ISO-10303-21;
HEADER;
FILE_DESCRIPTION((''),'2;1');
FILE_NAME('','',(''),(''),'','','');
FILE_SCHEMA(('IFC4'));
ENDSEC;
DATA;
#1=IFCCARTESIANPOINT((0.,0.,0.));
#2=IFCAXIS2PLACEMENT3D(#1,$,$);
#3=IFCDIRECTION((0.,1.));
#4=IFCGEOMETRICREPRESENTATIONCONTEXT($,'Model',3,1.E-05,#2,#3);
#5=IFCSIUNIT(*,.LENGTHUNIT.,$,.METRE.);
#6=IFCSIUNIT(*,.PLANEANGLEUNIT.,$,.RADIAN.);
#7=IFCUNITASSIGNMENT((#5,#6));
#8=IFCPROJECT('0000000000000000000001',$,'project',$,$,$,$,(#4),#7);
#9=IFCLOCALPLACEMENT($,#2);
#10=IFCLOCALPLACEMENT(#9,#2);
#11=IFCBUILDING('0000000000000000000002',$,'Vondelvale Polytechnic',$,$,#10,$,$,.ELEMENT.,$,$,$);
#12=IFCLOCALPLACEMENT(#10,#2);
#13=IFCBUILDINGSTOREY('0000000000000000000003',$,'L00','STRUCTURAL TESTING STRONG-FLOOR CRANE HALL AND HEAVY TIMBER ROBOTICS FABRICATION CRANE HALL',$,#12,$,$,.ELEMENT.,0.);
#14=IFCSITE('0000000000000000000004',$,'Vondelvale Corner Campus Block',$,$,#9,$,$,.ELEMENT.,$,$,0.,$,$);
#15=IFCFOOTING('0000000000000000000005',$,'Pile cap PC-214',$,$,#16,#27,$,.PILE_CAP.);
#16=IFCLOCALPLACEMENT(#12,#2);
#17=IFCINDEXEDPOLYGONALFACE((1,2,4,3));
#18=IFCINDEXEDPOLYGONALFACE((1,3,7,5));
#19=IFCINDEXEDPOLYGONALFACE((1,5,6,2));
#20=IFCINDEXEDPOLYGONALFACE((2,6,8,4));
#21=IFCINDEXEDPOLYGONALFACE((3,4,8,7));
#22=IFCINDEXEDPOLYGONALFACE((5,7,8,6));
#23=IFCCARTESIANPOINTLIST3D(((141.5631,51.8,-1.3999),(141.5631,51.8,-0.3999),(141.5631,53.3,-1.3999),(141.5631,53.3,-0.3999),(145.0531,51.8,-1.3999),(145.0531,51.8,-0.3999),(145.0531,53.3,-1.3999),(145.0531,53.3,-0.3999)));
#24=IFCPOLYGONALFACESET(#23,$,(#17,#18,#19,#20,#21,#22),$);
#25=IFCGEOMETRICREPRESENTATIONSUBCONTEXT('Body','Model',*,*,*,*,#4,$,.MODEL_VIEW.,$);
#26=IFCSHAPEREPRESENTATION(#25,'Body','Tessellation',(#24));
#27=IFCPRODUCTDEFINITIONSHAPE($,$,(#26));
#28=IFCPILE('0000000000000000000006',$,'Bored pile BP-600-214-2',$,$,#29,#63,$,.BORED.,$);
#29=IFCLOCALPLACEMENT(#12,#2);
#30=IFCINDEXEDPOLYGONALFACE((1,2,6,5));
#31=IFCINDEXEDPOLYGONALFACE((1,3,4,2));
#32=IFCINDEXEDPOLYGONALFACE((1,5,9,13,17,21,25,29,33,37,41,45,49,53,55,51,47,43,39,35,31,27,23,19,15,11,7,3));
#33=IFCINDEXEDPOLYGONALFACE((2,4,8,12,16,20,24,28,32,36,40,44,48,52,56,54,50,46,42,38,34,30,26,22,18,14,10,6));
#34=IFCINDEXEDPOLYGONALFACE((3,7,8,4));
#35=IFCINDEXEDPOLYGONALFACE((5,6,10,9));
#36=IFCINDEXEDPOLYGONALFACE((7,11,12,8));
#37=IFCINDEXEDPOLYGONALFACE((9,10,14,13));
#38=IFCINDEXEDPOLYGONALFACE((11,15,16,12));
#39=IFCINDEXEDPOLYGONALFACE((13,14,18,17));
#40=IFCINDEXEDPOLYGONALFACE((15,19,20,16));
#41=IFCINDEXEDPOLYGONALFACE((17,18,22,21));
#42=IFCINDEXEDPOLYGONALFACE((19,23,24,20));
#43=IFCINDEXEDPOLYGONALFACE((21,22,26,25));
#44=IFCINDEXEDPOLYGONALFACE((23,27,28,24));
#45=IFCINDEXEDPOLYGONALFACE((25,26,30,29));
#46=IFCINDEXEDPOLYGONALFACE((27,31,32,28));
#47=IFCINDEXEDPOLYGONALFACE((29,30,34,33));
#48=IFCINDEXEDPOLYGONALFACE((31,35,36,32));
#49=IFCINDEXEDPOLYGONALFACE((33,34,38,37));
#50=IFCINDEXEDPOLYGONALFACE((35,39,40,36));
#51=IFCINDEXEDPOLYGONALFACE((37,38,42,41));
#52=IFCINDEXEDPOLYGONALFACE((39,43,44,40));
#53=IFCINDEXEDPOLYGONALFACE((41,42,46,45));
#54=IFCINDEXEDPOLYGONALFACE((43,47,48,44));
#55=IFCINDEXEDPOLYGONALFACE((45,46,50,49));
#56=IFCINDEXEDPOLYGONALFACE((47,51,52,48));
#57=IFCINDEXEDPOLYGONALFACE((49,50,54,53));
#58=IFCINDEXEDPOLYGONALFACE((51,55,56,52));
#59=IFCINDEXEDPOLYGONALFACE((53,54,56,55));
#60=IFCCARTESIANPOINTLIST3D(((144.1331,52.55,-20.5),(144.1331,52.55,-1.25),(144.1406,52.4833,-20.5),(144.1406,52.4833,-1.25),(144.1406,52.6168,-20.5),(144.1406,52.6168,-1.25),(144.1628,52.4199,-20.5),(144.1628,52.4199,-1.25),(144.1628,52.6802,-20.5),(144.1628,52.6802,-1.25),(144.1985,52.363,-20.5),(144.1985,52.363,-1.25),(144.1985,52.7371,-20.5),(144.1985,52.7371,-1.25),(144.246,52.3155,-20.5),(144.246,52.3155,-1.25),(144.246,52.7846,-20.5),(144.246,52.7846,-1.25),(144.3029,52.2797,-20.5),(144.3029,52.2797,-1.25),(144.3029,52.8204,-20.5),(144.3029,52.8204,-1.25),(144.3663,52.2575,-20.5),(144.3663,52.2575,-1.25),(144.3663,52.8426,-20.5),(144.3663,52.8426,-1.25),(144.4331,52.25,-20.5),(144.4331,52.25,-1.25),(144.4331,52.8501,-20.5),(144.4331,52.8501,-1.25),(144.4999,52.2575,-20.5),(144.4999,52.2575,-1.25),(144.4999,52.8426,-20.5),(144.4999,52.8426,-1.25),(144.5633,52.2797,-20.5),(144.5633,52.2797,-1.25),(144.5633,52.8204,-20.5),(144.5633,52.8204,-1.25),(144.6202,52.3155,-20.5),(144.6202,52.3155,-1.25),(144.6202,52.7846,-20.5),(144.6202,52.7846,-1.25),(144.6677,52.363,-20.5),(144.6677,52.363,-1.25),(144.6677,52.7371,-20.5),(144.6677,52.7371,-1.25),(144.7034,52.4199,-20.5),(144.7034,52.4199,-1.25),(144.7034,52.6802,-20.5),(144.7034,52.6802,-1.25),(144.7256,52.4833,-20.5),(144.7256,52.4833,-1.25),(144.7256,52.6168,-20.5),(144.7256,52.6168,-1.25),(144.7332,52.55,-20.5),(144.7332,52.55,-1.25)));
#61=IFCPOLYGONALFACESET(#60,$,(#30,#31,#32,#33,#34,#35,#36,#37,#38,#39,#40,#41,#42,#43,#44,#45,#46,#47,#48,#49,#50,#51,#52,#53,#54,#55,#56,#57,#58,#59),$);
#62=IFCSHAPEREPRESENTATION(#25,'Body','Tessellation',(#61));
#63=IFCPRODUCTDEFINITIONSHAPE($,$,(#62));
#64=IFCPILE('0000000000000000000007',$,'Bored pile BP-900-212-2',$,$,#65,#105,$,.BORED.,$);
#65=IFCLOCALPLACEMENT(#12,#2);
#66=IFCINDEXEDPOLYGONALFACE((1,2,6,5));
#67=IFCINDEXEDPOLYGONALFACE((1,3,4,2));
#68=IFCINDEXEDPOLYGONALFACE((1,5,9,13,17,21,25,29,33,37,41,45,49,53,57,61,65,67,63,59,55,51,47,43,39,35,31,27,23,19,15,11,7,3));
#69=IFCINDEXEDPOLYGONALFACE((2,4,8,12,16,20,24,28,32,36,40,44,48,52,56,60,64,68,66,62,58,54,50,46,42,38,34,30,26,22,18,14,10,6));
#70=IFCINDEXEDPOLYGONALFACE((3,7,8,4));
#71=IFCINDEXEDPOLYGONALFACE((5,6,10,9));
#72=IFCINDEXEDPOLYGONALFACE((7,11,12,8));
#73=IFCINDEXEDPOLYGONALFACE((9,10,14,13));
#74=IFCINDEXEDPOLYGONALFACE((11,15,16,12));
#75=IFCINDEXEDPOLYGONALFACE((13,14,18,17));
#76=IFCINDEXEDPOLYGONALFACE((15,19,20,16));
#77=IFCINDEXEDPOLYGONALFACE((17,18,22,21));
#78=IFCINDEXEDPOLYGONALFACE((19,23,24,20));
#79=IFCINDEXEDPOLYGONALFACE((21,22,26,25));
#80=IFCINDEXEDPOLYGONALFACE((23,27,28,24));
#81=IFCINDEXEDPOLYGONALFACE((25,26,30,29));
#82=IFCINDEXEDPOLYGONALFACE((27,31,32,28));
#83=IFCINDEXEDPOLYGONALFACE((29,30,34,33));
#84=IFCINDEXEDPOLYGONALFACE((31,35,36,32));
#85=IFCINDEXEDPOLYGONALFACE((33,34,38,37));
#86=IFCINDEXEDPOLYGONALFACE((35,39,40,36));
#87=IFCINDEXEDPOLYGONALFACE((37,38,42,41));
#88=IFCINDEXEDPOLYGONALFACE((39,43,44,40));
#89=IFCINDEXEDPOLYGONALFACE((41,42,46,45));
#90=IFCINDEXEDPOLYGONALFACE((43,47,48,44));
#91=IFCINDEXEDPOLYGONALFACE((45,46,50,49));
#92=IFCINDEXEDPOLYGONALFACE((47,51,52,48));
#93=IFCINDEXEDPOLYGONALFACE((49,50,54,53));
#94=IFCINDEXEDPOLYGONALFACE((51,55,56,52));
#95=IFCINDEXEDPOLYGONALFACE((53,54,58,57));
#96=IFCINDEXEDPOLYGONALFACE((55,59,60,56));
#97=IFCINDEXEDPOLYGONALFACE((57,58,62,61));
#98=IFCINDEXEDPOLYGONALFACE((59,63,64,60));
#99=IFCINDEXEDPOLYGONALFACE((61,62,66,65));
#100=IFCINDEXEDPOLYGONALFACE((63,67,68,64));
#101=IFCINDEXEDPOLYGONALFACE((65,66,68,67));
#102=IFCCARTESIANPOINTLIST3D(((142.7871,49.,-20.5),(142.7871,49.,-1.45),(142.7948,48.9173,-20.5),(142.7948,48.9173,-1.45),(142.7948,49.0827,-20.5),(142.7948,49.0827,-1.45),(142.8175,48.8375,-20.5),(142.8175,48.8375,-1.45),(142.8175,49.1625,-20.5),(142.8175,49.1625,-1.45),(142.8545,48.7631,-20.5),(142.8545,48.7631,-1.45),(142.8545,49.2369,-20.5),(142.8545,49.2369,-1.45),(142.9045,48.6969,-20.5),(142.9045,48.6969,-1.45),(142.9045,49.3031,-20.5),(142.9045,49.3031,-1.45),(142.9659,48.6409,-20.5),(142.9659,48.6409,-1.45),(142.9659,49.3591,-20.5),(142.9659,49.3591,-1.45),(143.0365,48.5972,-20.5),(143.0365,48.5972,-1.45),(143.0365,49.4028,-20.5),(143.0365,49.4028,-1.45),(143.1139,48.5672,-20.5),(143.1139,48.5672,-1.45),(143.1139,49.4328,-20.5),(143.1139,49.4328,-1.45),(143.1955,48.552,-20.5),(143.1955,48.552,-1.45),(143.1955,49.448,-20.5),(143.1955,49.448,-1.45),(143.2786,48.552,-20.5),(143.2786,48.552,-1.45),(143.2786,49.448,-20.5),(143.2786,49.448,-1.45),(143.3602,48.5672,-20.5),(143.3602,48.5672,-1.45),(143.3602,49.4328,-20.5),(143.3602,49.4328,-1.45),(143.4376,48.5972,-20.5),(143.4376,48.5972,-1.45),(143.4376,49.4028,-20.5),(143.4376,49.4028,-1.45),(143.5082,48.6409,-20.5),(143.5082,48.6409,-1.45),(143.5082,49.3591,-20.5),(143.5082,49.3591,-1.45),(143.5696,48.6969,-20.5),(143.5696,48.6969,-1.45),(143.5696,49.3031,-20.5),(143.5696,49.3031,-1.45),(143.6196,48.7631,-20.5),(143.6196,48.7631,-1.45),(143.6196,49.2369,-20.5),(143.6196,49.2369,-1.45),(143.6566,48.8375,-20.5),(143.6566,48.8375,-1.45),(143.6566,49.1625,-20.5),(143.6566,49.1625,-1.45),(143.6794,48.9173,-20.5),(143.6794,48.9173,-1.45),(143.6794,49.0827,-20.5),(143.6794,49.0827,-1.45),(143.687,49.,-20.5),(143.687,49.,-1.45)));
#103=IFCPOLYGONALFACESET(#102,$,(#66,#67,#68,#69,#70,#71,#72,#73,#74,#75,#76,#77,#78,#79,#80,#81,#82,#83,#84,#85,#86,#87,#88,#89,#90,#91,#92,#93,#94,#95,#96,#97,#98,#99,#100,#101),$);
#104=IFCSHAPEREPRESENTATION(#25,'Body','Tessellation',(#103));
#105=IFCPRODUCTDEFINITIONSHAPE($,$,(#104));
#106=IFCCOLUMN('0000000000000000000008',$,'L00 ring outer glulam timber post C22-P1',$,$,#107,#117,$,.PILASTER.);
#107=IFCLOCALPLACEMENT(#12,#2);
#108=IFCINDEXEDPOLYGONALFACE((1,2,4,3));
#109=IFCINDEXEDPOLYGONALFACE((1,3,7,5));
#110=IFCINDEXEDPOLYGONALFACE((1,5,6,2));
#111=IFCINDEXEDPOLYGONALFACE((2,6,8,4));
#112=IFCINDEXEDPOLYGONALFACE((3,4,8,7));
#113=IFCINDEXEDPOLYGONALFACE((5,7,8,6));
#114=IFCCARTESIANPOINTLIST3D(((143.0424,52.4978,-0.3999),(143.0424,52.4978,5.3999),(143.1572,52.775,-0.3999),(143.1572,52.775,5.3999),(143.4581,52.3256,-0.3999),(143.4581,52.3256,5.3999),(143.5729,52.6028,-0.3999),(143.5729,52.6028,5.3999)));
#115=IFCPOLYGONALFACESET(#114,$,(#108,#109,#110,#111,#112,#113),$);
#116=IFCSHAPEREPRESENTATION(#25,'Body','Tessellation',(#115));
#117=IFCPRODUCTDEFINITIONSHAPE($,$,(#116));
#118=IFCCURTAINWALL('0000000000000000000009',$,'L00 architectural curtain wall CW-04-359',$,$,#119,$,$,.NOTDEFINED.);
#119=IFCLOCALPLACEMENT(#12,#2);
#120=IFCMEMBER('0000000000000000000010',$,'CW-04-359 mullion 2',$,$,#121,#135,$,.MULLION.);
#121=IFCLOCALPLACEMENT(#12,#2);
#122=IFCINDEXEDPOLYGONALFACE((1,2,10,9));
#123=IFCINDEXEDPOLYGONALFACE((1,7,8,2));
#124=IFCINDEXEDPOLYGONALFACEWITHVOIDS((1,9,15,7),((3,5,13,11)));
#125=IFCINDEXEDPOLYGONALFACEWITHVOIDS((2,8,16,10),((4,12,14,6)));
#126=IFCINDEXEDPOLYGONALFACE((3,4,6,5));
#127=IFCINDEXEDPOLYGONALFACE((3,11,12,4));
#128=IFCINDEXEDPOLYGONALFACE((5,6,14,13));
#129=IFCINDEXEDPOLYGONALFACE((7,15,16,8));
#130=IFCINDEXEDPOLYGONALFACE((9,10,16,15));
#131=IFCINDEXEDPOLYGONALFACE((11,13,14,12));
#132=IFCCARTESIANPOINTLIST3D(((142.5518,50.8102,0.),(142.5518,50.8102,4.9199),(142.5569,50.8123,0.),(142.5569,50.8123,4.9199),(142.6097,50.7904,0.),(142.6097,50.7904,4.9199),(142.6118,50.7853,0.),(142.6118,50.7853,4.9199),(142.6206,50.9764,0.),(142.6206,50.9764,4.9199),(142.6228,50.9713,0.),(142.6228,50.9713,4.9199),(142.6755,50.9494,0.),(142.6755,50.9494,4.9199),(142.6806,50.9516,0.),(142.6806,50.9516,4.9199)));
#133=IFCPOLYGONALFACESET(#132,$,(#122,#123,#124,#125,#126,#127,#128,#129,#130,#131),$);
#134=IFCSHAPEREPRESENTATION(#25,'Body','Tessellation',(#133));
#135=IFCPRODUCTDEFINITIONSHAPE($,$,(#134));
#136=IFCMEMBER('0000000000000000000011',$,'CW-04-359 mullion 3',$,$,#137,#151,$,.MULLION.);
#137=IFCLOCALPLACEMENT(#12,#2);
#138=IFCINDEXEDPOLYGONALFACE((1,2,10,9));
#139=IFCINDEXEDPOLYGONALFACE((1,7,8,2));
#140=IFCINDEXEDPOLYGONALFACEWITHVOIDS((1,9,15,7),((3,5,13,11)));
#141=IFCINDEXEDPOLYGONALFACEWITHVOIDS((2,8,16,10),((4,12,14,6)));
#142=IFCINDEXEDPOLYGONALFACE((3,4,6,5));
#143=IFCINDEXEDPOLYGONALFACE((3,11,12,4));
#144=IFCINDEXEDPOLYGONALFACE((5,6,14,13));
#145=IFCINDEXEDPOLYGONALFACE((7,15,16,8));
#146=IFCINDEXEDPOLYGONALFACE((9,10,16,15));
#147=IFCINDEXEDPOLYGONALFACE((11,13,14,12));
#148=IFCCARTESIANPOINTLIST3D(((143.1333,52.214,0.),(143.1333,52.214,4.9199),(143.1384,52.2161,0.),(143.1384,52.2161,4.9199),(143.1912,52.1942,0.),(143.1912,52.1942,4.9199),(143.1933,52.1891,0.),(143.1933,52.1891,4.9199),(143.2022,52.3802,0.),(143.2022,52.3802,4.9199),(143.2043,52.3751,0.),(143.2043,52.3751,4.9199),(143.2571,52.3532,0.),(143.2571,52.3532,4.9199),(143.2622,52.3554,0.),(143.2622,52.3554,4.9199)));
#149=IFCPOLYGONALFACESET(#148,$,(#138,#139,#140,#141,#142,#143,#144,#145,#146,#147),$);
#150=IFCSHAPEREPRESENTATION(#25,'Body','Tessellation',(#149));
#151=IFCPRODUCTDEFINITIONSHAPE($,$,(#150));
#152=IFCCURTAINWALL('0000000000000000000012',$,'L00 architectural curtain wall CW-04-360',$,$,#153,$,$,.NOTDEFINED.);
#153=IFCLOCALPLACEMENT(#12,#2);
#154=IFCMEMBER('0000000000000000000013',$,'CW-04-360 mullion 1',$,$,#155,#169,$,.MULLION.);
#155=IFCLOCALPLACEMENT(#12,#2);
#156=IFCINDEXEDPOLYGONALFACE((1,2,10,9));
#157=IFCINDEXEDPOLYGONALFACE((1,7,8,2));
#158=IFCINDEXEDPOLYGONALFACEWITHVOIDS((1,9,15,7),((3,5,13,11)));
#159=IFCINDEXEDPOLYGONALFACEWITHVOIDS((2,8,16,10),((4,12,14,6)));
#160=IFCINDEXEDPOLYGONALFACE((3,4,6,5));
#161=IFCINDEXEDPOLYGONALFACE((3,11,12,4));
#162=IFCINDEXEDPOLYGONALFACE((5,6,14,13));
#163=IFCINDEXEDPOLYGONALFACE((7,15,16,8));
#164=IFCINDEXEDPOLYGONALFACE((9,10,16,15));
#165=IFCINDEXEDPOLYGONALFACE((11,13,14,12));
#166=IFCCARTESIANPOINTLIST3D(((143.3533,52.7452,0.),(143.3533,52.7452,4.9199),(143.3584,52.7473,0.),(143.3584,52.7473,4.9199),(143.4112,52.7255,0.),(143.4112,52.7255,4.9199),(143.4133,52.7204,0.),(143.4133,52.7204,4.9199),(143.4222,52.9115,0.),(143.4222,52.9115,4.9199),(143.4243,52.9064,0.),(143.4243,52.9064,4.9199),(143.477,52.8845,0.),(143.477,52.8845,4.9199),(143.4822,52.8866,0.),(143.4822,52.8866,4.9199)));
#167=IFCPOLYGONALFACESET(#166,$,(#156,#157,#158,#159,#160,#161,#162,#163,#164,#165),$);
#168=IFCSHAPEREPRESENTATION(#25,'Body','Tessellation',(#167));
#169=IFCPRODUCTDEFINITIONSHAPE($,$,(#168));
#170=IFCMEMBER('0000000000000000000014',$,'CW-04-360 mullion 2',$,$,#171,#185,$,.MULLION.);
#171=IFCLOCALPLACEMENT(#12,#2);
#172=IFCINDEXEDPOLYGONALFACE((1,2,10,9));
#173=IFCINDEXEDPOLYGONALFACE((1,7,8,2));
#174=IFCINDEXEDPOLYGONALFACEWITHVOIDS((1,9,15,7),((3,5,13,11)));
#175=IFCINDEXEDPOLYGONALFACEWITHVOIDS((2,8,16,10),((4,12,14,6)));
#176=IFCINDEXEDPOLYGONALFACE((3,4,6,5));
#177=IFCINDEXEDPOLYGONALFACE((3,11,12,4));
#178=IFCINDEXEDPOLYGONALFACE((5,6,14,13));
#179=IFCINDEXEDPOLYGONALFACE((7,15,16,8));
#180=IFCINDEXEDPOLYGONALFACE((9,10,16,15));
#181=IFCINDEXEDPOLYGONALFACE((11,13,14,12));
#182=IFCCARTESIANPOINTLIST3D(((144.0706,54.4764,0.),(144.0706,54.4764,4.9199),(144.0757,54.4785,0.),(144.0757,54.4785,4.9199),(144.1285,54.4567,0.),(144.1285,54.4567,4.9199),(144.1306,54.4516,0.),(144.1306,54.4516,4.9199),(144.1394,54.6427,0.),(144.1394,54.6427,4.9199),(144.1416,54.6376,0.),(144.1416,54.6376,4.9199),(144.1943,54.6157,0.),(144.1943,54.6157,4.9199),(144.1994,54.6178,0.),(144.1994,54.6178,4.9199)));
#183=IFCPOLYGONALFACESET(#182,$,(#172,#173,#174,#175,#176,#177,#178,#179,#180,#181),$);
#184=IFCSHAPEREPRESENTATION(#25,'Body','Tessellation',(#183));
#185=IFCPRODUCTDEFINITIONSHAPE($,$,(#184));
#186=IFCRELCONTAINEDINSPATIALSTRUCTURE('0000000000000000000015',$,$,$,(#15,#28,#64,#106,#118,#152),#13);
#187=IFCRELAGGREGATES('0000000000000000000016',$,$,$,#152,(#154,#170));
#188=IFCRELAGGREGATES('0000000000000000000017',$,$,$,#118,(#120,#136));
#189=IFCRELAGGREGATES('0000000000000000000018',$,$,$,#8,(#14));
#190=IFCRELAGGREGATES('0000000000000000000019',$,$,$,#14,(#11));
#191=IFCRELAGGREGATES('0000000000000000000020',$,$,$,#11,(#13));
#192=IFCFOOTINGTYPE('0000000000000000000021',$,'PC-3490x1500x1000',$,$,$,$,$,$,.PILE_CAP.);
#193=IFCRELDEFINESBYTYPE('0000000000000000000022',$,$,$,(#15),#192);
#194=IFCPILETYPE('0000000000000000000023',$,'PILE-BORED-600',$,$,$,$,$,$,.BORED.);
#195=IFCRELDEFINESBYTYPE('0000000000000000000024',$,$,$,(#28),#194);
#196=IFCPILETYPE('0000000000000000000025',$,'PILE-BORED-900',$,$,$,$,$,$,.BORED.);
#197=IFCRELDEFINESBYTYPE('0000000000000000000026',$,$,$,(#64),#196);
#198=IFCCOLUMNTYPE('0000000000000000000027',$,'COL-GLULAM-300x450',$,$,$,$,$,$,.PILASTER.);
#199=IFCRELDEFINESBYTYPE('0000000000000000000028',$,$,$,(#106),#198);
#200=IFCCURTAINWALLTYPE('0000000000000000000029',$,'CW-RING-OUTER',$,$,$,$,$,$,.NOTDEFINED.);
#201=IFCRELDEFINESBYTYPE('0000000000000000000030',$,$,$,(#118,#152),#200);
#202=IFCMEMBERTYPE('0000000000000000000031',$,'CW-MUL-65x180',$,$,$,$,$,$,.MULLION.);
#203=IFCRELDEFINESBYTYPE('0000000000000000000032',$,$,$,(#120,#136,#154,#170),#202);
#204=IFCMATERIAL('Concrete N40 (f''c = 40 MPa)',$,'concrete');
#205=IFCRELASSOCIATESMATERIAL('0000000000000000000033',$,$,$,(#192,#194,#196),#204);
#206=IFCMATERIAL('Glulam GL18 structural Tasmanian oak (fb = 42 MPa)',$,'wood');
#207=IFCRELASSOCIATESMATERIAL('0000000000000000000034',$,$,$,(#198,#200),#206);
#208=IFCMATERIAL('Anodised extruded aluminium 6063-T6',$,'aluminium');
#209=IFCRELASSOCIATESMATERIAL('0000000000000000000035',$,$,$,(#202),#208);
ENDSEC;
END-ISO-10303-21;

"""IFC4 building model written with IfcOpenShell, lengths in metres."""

from ifc_helpers import new_model, si_unit, direction, frame, origin, origin_2d, place, context, subcontext, project, spatial, rectangle, hollow_rectangle, circle, extrude, material, material_profile, profile_set, type_object, element, aggregate, save


model = new_model("IFC4")

# Units and contexts
model_context = context("Model", 3, precision=1e-05, world=origin(), true_north=direction((0.0, 1.0)))
body_context = subcontext(model_context, "Body", "Model", "MODEL_VIEW")
ifc_project = project(units=[si_unit("LENGTHUNIT", "METRE"), si_unit("PLANEANGLEUNIT", "RADIAN")], contexts=[model_context])

# Site, building, storey
site_placement = place(None, origin())
site = spatial("IfcSite", under=ifc_project, at=site_placement, Name="Vondelvale Corner Campus Block", CompositionType="ELEMENT", RefElevation=0.0)
building_placement = place(site_placement, origin())
building = spatial("IfcBuilding", under=site, at=building_placement, Name="Vondelvale Polytechnic", CompositionType="ELEMENT")
storey_placement = place(building_placement, origin())
storey = spatial("IfcBuildingStorey", under=building, at=storey_placement, Name="L00", Description="STRUCTURAL TESTING STRONG-FLOOR CRANE HALL AND HEAVY TIMBER ROBOTICS FABRICATION CRANE HALL", CompositionType="ELEMENT", Elevation=0.0)

# Footing
ifc_material_1 = material(Name="Concrete N40 (f'c = 40 MPa)", Category="concrete")
footing_type = type_object("IfcFootingType", Name="PC-3490x1500x1000", PredefinedType="PILE_CAP", material=ifc_material_1)
footing_placement = place(storey_placement, frame((143.3081, 52.55, -1.3999), z_axis=(0.0, 0.0, 1.0), x_axis=(1.0, 0.0, 0.0)))
element("IfcFooting", 1, at=footing_placement, inside=storey, type_object=footing_type, Name="Pile cap PC-214", PredefinedType="PILE_CAP", context=body_context, shape_type="SweptSolid", body=[
    extrude(rectangle(XDim=3.49, YDim=1.5, at=origin_2d()), origin(), (0.0, 0.0, 1.0), 1.0),
])

# Piles
ifc_material_profile_1 = material_profile(ifc_material_1, circle(Radius=0.3, at=origin_2d()), Name="PILE-D600")
ifc_profile_set_1 = profile_set([ifc_material_profile_1], Name="Concrete N40 (f'c = 40 MPa)")
pile_type_1 = type_object("IfcPileType", Name="PILE-BORED-600", PredefinedType="BORED", material=ifc_profile_set_1)
pile_1_placement = place(storey_placement, frame((144.4331, 52.55, -1.25), z_axis=(0.0, 0.0, -1.0), x_axis=(1.0, 0.0, 0.0)))
element("IfcPile", 2, at=pile_1_placement, inside=storey, type_object=pile_type_1, Name="Bored pile BP-600-214-2", PredefinedType="BORED", context=body_context, shape_type="SweptSolid", body=[
    extrude(circle(Radius=0.3, at=origin_2d()), origin(), (0.0, 0.0, 1.0), 19.25),
])
ifc_material_profile_2 = material_profile(ifc_material_1, circle(Radius=0.45, at=origin_2d()), Name="PILE-D900")
ifc_profile_set_2 = profile_set([ifc_material_profile_2], Name="Concrete N40 (f'c = 40 MPa)")
pile_type_2 = type_object("IfcPileType", Name="PILE-BORED-900", PredefinedType="BORED", material=ifc_profile_set_2)
pile_2_placement = place(storey_placement, frame((143.2371, 49.0, -1.45), z_axis=(0.0, 0.0, -1.0), x_axis=(1.0, 0.0, 0.0)))
element("IfcPile", 3, at=pile_2_placement, inside=storey, type_object=pile_type_2, Name="Bored pile BP-900-212-2", PredefinedType="BORED", context=body_context, shape_type="SweptSolid", body=[
    extrude(circle(Radius=0.45, at=origin_2d()), origin(), (0.0, 0.0, 1.0), 19.05),
])

# Column
ifc_material_2 = material(Name="Glulam GL18 structural Tasmanian oak (fb = 42 MPa)", Category="wood")
ifc_material_profile_3 = material_profile(ifc_material_2, rectangle(XDim=0.3, YDim=0.45, at=origin_2d()), Name="GL-POST-300x450")
ifc_profile_set_3 = profile_set([ifc_material_profile_3], Name="Glulam GL18 structural Tasmanian oak (fb = 42 MPa)")
column_type = type_object("IfcColumnType", Name="COL-GLULAM-300x450", PredefinedType="PILASTER", material=ifc_profile_set_3)
column_placement = place(storey_placement, frame((143.3076, 52.5503, -0.3999), z_axis=(0.0, 0.0, 1.0), x_axis=(0.382683, 0.92388, 0.0)))
element("IfcColumn", 4, at=column_placement, inside=storey, type_object=column_type, Name="L00 ring outer glulam timber post C22-P1", PredefinedType="PILASTER", context=body_context, shape_type="SweptSolid", body=[
    extrude(rectangle(XDim=0.3, YDim=0.45, at=origin_2d()), origin(), (0.0, 0.0, 1.0), 5.7998),
])

# Curtain walls, members
curtain_wall_type = type_object("IfcCurtainWallType", Name="CW-RING-OUTER", PredefinedType="NOTDEFINED", material=ifc_material_2)
curtain_wall_1_placement = place(storey_placement, origin())
curtain_wall_1 = element("IfcCurtainWall", 5, at=curtain_wall_1_placement, inside=storey, type_object=curtain_wall_type, Name="L00 architectural curtain wall CW-04-359", PredefinedType="NOTDEFINED")
ifc_material_3 = material(Name="Anodised extruded aluminium 6063-T6", Category="aluminium")
ifc_material_profile_4 = material_profile(ifc_material_3, hollow_rectangle(XDim=0.0649, YDim=0.1799, WallThickness=0.0039, at=origin_2d()), Name="CW-MUL-180x65")
ifc_profile_set_4 = profile_set([ifc_material_profile_4], Name="Anodised extruded aluminium 6063-T6")
member_type_1 = type_object("IfcMemberType", Name="CW-MUL-65x180", PredefinedType="MULLION", material=ifc_profile_set_4)
member_1_placement = place(storey_placement, frame((142.6162, 50.8809, 0.0), z_axis=(0.0, 0.0, 1.0), x_axis=(-0.923881, 0.382679, 0.0)))
member_1 = element("IfcMember", 6, at=member_1_placement, type_object=member_type_1, Name="CW-04-359 mullion 2", PredefinedType="MULLION", context=body_context, shape_type="SweptSolid", body=[
    extrude(hollow_rectangle(XDim=0.0649, YDim=0.1799, WallThickness=0.0039, at=origin_2d()), origin(), (0.0, 0.0, 1.0), 4.9199),
])
member_2_placement = place(storey_placement, frame((143.1978, 52.2847, 0.0), z_axis=(0.0, 0.0, 1.0), x_axis=(-0.923881, 0.382679, 0.0)))
member_2 = element("IfcMember", 7, at=member_2_placement, type_object=member_type_1, Name="CW-04-359 mullion 3", PredefinedType="MULLION", context=body_context, shape_type="SweptSolid", body=[
    extrude(hollow_rectangle(XDim=0.0649, YDim=0.1799, WallThickness=0.0039, at=origin_2d()), origin(), (0.0, 0.0, 1.0), 4.9199),
])
curtain_wall_2_placement = place(storey_placement, origin())
curtain_wall_2 = element("IfcCurtainWall", 8, at=curtain_wall_2_placement, inside=storey, type_object=curtain_wall_type, Name="L00 architectural curtain wall CW-04-360", PredefinedType="NOTDEFINED")
member_3_placement = place(storey_placement, frame((143.4177, 52.8159, 0.0), z_axis=(0.0, 0.0, 1.0), x_axis=(-0.923875, 0.382695, 0.0)))
member_3 = element("IfcMember", 9, at=member_3_placement, type_object=member_type_1, Name="CW-04-360 mullion 1", PredefinedType="MULLION", context=body_context, shape_type="SweptSolid", body=[
    extrude(hollow_rectangle(XDim=0.0649, YDim=0.1799, WallThickness=0.0039, at=origin_2d()), origin(), (0.0, 0.0, 1.0), 4.9199),
])
member_4_placement = place(storey_placement, frame((144.135, 54.5471, 0.0), z_axis=(0.0, 0.0, 1.0), x_axis=(-0.923875, 0.382695, 0.0)))
member_4 = element("IfcMember", 10, at=member_4_placement, type_object=member_type_1, Name="CW-04-360 mullion 2", PredefinedType="MULLION", context=body_context, shape_type="SweptSolid", body=[
    extrude(hollow_rectangle(XDim=0.0649, YDim=0.1799, WallThickness=0.0039, at=origin_2d()), origin(), (0.0, 0.0, 1.0), 4.9199),
])

aggregate(curtain_wall_2, [member_3, member_4])
aggregate(curtain_wall_1, [member_1, member_2])

save(model, "model.ifc")
